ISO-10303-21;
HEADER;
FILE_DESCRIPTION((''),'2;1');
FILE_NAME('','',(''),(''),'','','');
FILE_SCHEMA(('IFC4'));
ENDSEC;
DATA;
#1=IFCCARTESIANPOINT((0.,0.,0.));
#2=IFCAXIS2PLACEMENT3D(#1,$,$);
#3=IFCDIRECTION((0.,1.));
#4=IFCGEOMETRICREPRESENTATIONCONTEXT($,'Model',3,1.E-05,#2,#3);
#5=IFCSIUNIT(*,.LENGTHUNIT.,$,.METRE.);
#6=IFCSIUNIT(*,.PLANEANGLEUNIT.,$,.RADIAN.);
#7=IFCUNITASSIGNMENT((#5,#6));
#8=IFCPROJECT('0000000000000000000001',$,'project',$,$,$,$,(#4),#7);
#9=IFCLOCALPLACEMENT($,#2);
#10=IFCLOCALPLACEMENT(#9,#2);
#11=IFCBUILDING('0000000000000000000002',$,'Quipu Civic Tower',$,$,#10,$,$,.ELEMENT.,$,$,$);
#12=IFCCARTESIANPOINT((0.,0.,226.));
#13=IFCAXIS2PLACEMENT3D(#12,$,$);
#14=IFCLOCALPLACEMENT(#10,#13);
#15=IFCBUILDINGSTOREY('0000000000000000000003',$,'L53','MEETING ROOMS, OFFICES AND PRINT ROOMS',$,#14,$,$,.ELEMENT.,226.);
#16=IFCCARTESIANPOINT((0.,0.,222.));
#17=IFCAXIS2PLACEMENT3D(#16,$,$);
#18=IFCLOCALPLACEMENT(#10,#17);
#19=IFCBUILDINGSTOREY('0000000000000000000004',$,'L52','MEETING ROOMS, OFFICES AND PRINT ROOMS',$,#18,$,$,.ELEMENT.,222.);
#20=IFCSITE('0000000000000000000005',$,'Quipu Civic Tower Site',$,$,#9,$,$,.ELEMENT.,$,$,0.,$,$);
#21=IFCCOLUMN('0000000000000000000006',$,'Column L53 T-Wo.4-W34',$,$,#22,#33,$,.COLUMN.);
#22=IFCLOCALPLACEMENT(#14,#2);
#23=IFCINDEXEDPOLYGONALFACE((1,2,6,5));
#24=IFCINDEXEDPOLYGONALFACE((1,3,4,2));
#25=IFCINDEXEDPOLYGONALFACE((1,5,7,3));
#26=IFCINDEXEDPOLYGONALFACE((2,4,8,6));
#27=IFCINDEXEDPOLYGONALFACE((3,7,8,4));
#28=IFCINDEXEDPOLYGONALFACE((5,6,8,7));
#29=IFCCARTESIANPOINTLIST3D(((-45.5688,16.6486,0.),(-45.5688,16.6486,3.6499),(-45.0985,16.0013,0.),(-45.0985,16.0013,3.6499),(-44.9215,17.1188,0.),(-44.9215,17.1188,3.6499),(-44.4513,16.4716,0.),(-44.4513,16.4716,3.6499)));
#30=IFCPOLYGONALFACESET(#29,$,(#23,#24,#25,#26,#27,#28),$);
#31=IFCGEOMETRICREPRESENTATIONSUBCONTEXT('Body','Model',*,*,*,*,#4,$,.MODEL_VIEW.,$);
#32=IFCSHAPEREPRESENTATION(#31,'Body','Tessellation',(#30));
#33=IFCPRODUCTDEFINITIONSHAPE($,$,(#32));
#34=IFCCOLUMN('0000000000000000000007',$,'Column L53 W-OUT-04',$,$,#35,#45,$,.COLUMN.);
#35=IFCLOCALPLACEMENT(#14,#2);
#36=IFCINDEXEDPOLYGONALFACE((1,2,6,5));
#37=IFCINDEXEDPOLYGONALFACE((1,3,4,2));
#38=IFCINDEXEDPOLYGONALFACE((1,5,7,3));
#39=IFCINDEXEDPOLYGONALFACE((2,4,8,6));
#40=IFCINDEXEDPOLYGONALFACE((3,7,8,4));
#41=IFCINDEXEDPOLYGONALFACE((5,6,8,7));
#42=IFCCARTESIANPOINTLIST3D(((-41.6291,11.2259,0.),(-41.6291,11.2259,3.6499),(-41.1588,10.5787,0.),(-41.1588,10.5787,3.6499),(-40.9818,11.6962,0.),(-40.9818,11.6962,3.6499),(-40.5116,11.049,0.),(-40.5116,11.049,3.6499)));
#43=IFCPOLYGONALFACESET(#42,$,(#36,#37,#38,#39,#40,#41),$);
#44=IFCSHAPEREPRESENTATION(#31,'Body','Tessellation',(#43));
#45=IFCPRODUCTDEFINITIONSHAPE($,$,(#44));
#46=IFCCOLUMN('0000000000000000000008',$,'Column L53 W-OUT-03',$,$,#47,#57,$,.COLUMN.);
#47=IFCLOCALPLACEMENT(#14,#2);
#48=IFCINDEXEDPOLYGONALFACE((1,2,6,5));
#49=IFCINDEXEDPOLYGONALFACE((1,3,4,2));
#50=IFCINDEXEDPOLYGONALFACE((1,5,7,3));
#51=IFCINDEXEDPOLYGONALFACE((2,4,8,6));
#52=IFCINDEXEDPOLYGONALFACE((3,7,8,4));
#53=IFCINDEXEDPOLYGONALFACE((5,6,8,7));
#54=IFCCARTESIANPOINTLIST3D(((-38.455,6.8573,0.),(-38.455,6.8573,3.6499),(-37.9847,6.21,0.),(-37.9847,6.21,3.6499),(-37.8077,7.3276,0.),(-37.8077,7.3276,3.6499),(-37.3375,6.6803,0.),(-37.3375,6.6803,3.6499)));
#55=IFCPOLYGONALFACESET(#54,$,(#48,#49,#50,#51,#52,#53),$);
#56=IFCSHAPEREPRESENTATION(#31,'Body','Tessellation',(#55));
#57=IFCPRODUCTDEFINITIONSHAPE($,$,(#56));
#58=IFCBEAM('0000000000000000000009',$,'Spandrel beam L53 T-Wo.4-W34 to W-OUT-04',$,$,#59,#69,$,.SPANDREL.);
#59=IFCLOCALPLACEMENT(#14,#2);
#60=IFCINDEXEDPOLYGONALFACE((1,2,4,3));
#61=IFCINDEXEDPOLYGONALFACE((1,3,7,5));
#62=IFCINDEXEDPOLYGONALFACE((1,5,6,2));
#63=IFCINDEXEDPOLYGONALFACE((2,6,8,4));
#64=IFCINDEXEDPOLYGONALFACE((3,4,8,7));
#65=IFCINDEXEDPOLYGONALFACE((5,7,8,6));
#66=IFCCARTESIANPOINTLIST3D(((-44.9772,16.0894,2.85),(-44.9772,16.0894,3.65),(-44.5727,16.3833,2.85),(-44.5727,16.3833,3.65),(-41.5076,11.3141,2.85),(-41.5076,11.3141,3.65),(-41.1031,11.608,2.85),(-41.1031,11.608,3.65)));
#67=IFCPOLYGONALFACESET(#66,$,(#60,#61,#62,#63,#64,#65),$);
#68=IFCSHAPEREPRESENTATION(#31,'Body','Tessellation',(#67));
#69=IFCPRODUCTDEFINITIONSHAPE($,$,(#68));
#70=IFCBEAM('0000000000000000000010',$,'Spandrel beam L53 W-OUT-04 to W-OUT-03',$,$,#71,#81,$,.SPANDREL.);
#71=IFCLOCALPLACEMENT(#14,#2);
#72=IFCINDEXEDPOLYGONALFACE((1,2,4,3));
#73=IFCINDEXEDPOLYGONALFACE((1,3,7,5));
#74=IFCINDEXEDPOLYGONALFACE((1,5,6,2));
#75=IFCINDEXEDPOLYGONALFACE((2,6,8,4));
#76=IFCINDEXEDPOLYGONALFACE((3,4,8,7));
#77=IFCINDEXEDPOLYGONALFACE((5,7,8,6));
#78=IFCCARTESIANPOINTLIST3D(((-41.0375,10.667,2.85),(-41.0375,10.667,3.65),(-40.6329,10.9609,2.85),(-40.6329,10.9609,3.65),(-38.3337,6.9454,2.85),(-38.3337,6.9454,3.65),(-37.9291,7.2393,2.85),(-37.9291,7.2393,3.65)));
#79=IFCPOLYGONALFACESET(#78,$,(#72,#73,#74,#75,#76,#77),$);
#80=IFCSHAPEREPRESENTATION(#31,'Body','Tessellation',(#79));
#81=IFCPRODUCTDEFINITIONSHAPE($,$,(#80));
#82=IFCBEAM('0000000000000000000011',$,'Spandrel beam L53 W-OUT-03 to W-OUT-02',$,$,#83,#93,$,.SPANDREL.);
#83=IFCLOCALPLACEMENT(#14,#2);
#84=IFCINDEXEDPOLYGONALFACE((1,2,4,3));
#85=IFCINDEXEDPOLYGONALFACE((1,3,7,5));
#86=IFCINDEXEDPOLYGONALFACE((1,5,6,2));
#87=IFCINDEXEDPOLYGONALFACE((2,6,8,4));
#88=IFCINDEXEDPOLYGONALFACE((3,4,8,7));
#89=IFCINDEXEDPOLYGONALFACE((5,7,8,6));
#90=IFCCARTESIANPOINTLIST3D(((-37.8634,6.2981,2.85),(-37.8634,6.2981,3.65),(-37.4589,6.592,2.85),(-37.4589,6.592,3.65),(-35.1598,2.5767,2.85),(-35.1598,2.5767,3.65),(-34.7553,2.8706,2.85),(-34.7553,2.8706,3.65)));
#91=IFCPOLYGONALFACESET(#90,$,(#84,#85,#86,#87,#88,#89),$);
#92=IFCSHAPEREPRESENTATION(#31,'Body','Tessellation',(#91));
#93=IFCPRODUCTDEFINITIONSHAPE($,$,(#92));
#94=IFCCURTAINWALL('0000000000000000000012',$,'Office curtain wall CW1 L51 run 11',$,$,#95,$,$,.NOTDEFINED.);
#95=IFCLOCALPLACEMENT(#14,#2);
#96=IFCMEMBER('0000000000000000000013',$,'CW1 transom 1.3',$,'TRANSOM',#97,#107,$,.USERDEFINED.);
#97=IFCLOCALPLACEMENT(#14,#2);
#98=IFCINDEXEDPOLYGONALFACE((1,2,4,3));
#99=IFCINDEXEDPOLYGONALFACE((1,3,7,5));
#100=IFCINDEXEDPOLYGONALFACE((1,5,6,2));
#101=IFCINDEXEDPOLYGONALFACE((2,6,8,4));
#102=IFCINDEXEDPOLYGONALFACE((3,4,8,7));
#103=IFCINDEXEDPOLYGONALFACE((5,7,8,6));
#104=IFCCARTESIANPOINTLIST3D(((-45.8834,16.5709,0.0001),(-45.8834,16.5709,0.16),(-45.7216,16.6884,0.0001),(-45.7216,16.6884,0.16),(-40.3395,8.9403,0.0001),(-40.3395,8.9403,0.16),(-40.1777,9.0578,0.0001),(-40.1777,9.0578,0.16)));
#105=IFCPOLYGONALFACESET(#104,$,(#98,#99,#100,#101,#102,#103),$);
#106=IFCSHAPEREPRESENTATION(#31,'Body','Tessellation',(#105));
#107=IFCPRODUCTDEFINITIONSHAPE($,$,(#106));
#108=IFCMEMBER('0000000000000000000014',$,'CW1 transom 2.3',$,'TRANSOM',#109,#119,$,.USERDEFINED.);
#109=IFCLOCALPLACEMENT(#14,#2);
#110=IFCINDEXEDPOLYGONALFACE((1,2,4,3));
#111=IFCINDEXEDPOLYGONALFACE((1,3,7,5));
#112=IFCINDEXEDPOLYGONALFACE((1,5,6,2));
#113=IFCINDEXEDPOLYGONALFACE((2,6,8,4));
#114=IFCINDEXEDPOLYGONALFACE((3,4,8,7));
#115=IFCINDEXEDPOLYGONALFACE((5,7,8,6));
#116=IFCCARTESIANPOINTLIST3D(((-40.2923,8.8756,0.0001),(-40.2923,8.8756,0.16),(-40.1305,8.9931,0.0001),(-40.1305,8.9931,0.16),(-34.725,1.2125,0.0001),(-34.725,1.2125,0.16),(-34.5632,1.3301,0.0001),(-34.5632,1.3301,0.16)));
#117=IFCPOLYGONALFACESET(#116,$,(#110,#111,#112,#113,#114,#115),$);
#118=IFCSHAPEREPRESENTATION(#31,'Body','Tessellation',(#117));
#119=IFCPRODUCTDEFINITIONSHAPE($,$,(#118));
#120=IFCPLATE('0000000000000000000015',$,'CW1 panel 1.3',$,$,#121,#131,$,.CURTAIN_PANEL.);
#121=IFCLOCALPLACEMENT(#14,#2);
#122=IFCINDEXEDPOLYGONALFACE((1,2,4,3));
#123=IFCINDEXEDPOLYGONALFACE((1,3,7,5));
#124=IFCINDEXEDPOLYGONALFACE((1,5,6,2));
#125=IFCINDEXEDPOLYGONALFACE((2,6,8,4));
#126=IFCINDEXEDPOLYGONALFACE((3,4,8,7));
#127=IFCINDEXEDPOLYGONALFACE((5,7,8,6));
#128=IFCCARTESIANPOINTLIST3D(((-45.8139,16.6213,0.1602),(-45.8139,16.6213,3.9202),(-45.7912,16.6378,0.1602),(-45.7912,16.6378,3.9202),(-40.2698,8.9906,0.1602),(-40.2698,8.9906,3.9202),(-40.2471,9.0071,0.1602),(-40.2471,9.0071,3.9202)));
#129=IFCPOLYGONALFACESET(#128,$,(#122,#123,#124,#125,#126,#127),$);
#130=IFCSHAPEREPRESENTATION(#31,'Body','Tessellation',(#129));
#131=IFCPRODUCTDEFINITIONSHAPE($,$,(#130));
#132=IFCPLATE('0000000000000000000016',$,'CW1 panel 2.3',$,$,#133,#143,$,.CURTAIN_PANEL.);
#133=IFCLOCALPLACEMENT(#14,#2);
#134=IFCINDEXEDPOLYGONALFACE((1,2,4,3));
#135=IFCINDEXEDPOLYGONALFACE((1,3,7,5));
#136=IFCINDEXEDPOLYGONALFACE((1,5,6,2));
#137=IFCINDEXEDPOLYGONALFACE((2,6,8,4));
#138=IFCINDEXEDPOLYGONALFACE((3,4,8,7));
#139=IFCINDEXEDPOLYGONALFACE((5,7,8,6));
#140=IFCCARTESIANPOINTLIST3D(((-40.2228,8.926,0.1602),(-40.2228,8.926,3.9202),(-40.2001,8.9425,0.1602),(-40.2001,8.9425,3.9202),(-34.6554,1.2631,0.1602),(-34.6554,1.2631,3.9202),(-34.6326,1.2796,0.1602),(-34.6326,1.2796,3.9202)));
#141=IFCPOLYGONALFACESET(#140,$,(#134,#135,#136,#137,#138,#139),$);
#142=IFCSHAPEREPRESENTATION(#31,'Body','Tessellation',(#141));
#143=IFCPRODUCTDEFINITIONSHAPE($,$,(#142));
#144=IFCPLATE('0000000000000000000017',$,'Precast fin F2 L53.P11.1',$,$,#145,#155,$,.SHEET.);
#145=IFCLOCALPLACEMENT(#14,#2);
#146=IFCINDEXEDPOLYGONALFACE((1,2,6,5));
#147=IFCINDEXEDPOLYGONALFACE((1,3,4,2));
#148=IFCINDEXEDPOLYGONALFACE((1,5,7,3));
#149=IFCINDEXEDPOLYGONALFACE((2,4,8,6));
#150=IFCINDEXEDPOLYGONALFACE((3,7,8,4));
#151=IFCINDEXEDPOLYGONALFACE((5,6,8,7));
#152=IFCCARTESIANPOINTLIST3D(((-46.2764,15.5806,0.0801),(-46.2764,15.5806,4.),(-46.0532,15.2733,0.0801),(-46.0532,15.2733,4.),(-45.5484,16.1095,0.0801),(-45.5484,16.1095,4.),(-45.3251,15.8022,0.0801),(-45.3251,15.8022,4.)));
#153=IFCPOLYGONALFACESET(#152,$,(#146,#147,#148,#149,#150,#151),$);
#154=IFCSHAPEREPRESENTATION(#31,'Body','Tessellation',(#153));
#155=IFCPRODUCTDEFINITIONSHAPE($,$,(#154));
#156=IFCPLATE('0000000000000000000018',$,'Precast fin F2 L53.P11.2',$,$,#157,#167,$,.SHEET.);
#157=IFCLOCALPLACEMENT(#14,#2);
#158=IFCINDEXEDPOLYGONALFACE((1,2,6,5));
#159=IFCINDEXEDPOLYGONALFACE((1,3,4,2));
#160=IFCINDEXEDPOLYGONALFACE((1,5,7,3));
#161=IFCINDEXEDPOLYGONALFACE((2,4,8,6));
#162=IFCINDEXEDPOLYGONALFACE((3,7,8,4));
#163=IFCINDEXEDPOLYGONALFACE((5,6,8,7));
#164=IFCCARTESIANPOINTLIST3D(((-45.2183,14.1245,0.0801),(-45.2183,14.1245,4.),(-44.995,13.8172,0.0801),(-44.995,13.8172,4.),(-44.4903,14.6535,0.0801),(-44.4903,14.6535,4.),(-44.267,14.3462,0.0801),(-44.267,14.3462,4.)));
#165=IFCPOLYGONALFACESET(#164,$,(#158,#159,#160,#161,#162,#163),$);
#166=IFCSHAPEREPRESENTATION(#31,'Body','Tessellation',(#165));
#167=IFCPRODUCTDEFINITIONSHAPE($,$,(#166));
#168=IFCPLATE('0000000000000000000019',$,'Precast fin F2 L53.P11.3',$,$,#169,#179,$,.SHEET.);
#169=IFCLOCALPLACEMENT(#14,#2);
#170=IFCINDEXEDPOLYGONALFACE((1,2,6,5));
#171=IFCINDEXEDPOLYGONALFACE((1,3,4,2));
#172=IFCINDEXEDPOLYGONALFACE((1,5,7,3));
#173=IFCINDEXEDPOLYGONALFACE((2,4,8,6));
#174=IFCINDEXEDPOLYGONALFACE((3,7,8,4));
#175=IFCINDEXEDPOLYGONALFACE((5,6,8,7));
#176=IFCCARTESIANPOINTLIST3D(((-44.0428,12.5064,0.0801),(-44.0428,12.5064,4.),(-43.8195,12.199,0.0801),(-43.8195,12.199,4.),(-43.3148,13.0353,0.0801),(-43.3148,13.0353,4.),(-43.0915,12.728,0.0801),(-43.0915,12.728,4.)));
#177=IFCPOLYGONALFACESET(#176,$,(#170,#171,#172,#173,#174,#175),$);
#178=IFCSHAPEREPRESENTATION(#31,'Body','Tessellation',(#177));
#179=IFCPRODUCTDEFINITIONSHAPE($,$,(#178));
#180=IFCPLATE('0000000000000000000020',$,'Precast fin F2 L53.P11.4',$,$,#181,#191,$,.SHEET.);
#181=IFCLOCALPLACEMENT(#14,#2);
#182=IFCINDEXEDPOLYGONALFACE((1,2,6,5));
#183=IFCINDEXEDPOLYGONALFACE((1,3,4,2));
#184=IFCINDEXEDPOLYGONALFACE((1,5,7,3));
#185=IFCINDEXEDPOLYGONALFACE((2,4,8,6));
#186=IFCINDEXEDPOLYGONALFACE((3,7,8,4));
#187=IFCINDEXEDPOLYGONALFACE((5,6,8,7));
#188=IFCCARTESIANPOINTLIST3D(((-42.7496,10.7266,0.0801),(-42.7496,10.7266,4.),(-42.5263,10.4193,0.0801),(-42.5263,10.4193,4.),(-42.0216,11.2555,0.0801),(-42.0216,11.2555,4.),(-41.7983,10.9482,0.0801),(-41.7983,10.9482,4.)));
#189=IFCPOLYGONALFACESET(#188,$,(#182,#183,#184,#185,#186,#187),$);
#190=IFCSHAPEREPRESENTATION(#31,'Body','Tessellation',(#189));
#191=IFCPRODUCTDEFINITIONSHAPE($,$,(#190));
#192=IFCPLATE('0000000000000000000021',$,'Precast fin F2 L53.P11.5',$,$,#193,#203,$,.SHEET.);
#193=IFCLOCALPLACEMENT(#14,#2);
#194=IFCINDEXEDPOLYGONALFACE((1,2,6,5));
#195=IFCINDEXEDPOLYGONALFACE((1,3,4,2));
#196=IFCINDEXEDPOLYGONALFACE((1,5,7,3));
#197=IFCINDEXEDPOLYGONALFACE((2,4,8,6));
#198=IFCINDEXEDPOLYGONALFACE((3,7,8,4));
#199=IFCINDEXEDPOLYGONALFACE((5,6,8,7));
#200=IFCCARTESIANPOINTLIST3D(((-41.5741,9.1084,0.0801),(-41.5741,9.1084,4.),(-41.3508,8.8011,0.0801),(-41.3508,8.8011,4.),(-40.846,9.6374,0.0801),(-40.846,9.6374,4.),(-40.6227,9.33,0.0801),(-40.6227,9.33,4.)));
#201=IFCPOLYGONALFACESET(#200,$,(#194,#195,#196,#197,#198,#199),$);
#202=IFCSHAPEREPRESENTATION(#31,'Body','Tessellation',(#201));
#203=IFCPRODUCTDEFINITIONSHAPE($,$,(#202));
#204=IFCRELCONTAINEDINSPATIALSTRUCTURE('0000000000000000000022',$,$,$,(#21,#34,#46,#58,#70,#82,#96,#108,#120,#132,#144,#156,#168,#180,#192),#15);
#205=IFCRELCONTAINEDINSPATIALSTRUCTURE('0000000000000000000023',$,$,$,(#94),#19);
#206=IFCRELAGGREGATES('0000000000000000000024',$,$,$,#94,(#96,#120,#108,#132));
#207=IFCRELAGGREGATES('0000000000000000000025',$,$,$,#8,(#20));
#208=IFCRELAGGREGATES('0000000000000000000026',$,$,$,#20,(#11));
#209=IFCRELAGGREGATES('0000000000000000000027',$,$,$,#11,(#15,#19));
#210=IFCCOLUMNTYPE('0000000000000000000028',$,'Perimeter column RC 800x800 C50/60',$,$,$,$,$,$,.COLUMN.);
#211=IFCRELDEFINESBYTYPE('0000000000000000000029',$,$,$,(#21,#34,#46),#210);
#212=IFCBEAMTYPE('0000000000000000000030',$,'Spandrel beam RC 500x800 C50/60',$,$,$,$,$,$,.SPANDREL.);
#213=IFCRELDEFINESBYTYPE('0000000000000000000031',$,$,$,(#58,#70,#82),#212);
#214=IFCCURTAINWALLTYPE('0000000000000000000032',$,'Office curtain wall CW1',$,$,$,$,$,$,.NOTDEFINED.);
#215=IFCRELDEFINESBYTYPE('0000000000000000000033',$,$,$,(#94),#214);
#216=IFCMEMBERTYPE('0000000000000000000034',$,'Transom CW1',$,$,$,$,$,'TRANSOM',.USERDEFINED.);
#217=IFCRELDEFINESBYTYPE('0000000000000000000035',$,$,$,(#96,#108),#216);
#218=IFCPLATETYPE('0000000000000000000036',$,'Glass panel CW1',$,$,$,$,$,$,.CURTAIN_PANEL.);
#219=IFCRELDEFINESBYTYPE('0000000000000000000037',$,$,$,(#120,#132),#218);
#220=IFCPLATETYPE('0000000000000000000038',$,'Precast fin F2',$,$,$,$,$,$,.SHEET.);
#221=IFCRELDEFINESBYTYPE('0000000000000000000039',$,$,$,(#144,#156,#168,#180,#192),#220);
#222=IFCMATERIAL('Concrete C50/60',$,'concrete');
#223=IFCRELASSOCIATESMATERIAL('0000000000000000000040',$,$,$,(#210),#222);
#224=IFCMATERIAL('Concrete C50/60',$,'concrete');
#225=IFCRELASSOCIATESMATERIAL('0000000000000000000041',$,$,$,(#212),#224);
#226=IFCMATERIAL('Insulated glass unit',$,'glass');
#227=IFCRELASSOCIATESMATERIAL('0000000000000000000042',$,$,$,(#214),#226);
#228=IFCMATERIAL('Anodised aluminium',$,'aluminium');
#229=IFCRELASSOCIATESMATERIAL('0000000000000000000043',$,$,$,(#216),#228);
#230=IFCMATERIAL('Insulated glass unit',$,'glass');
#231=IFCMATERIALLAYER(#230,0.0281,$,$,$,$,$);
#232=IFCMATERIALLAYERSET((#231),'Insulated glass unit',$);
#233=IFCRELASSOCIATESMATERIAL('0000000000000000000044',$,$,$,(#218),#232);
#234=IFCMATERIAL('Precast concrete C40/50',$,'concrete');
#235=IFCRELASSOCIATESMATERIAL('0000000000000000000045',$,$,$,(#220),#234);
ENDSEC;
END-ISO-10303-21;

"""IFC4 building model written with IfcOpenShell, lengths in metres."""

from ifc_helpers import new_model, si_unit, direction, frame, origin, origin_2d, place, context, subcontext, project, spatial, rectangle, extrude, material, layer, layer_set, material_profile, profile_set, type_object, element, aggregate, save


model = new_model("IFC4")

# Units and contexts
model_context = context("Model", 3, precision=1e-05, world=origin(), true_north=direction((0.0, 1.0)))
body_context = subcontext(model_context, "Body", "Model", "MODEL_VIEW")
ifc_project = project(units=[si_unit("LENGTHUNIT", "METRE"), si_unit("PLANEANGLEUNIT", "RADIAN")], contexts=[model_context])

# Site, building, storey
site_placement = place(None, origin())
site = spatial("IfcSite", under=ifc_project, at=site_placement, Name="Quipu Civic Tower Site", CompositionType="ELEMENT", RefElevation=0.0)
building_placement = place(site_placement, origin())
building = spatial("IfcBuilding", under=site, at=building_placement, Name="Quipu Civic Tower", CompositionType="ELEMENT")
storey_1_placement = place(building_placement, frame((0.0, 0.0, 226.0)))
storey_1 = spatial("IfcBuildingStorey", under=building, at=storey_1_placement, Name="L53", Description="MEETING ROOMS, OFFICES AND PRINT ROOMS", CompositionType="ELEMENT", Elevation=226.0)

# Columns
ifc_material_1 = material(Name="Concrete C50/60", Category="concrete")
ifc_material_profile_1 = material_profile(ifc_material_1, rectangle(XDim=0.8, YDim=0.8, at=origin_2d()), Name="RC800x800")
ifc_profile_set_1 = profile_set([ifc_material_profile_1], Name="Concrete C50/60")
column_type = type_object("IfcColumnType", Name="Perimeter column RC 800x800 C50/60", PredefinedType="COLUMN", material=ifc_profile_set_1)
for number, where, z_axis, x_axis, name in (
    (1, (-45.01, 16.5601, 0.0), (0.0, 0.0, 1.0), (0.587785, -0.809017, 0.0), "Column L53 T-Wo.4-W34"),
    (2, (-41.0703, 11.1375, 0.0), (0.0, 0.0, 1.0), (0.587785, -0.809017, 0.0), "Column L53 W-OUT-04"),
    (3, (-37.8962, 6.7688, 0.0), (0.0, 0.0, 1.0), (0.587785, -0.809017, 0.0), "Column L53 W-OUT-03"),
):
    element("IfcColumn", number, at=place(storey_1_placement, frame(where, z_axis=z_axis, x_axis=x_axis)), inside=storey_1, type_object=column_type, Name=name, PredefinedType="COLUMN", context=body_context, shape_type="SweptSolid", body=[
        extrude(rectangle(XDim=0.8, YDim=0.8, at=origin_2d()), origin(), (0.0, 0.0, 1.0), 3.6499),
    ])

# Beams
ifc_material_2 = material(Name="Concrete C50/60", Category="concrete")
ifc_material_profile_2 = material_profile(ifc_material_2, rectangle(XDim=0.5, YDim=0.8, at=origin_2d()), Name="RC500x800")
ifc_profile_set_2 = profile_set([ifc_material_profile_2], Name="Concrete C50/60")
beam_type = type_object("IfcBeamType", Name="Spandrel beam RC 500x800 C50/60", PredefinedType="SPANDREL", material=ifc_profile_set_2)
beam_1_placement = place(storey_1_placement, frame((-44.7749, 16.2363, 3.25), z_axis=(0.5878, -0.809006, 0.0), x_axis=(0.809006, 0.5878, 0.0)))
element("IfcBeam", 4, at=beam_1_placement, inside=storey_1, type_object=beam_type, Name="Spandrel beam L53 T-Wo.4-W34 to W-OUT-04", PredefinedType="SPANDREL", context=body_context, shape_type="SweptSolid", body=[
    extrude(rectangle(XDim=0.5, YDim=0.8, at=origin_2d()), origin(), (0.0, 0.0, 1.0), 5.9026),
])
beam_2_placement = place(storey_1_placement, frame((-40.8352, 10.814, 3.25), z_axis=(0.587771, -0.809027, 0.0), x_axis=(0.809027, 0.587771, 0.0)))
element("IfcBeam", 5, at=beam_2_placement, inside=storey_1, type_object=beam_type, Name="Spandrel beam L53 W-OUT-04 to W-OUT-03", PredefinedType="SPANDREL", context=body_context, shape_type="SweptSolid", body=[
    extrude(rectangle(XDim=0.5, YDim=0.8, at=origin_2d()), origin(), (0.0, 0.0, 1.0), 4.6001),
])
beam_3_placement = place(storey_1_placement, frame((-37.6611, 6.4451, 3.25), z_axis=(0.587761, -0.809034, 0.0), x_axis=(0.809034, 0.587761, 0.0)))
element("IfcBeam", 6, at=beam_3_placement, inside=storey_1, type_object=beam_type, Name="Spandrel beam L53 W-OUT-03 to W-OUT-02", PredefinedType="SPANDREL", context=body_context, shape_type="SweptSolid", body=[
    extrude(rectangle(XDim=0.5, YDim=0.8, at=origin_2d()), origin(), (0.0, 0.0, 1.0), 4.5999),
])

# Shared definitions
storey_2_placement = place(building_placement, frame((0.0, 0.0, 222.0)))
storey_2 = spatial("IfcBuildingStorey", under=building, at=storey_2_placement, Name="L52", Description="MEETING ROOMS, OFFICES AND PRINT ROOMS", CompositionType="ELEMENT", Elevation=222.0)

# Curtain wall, members, plates
ifc_material_3 = material(Name="Insulated glass unit", Category="glass")
curtain_wall_type = type_object("IfcCurtainWallType", Name="Office curtain wall CW1", PredefinedType="NOTDEFINED", material=ifc_material_3)
curtain_wall_placement = place(storey_2_placement, origin())
curtain_wall = element("IfcCurtainWall", 7, at=curtain_wall_placement, inside=storey_2, type_object=curtain_wall_type, Name="Office curtain wall CW1 L51 run 11", PredefinedType="NOTDEFINED")
ifc_material_4 = material(Name="Anodised aluminium", Category="aluminium")
ifc_material_profile_3 = material_profile(ifc_material_4, rectangle(XDim=0.2, YDim=0.1599, at=origin_2d()), Name="RECT 200x160")
ifc_profile_set_3 = profile_set([ifc_material_profile_3], Name="Anodised aluminium")
member_type = type_object("IfcMemberType", Name="Transom CW1", ElementType="TRANSOM", PredefinedType="USERDEFINED", material=ifc_profile_set_3)
member_1_placement = place(storey_1_placement, frame((-45.8025, 16.6296, 0.0801), z_axis=(0.587784, -0.809018, 0.0), x_axis=(0.809018, 0.587784, 0.0)))
member_1 = element("IfcMember", 8, at=member_1_placement, inside=storey_1, type_object=member_type, Name="CW1 transom 1.3", ObjectType="TRANSOM", PredefinedType="USERDEFINED", context=body_context, shape_type="SweptSolid", body=[
    extrude(rectangle(XDim=0.2, YDim=0.1599, at=origin_2d()), origin(), (0.0, 0.0, 1.0), 9.4319),
])
member_2_placement = place(storey_1_placement, frame((-40.2114, 8.9343, 0.0801), z_axis=(0.587773, -0.809026, 0.0), x_axis=(0.809026, 0.587773, 0.0)))
member_2 = element("IfcMember", 9, at=member_2_placement, inside=storey_1, type_object=member_type, Name="CW1 transom 2.3", ObjectType="TRANSOM", PredefinedType="USERDEFINED", context=body_context, shape_type="SweptSolid", body=[
    extrude(rectangle(XDim=0.2, YDim=0.1599, at=origin_2d()), origin(), (0.0, 0.0, 1.0), 9.4719),
])
ifc_material_5 = material(Name="Insulated glass unit", Category="glass")
ifc_layer_1 = layer(ifc_material_5, 0.0281)
ifc_layer_set_1 = layer_set([ifc_layer_1], Name="Insulated glass unit")
plate_type_1 = type_object("IfcPlateType", Name="Glass panel CW1", PredefinedType="CURTAIN_PANEL", material=ifc_layer_set_1)
plate_1_placement = place(storey_1_placement, frame((-43.0305, 12.8142, 0.1602), z_axis=(0.0, 0.0, 1.0), x_axis=(0.587786, -0.809017, 0.0)))
plate_1 = element("IfcPlate", 10, at=plate_1_placement, inside=storey_1, type_object=plate_type_1, Name="CW1 panel 1.3", PredefinedType="CURTAIN_PANEL", context=body_context, shape_type="SweptSolid", body=[
    extrude(rectangle(XDim=9.4321, YDim=0.0281, at=origin_2d()), origin(), (0.0, 0.0, 1.0), 3.76),
])
plate_2_placement = place(storey_1_placement, frame((-37.4277, 5.1028, 0.1602), z_axis=(0.0, 0.0, 1.0), x_axis=(0.587786, -0.809017, 0.0)))
plate_2 = element("IfcPlate", 11, at=plate_2_placement, inside=storey_1, type_object=plate_type_1, Name="CW1 panel 2.3", PredefinedType="CURTAIN_PANEL", context=body_context, shape_type="SweptSolid", body=[
    extrude(rectangle(XDim=9.4719, YDim=0.0281, at=origin_2d()), origin(), (0.0, 0.0, 1.0), 3.76),
])
aggregate(curtain_wall, [member_1, plate_1, member_2, plate_2])

# Plates
ifc_material_6 = material(Name="Precast concrete C40/50", Category="concrete")
plate_type_2 = type_object("IfcPlateType", Name="Precast fin F2", PredefinedType="SHEET", material=ifc_material_6)
for number, where, z_axis, x_axis, name in (
    (12, (-45.8008, 15.6914, 0.0801), (0.0, 0.0, 1.0), (0.587786, -0.809017, 0.0), "Precast fin F2 L53.P11.1"),
    (13, (-44.7427, 14.2354, 0.0801), (0.0, 0.0, 1.0), (0.587786, -0.809017, 0.0), "Precast fin F2 L53.P11.2"),
    (14, (-43.5671, 12.6172, 0.0801), (0.0, 0.0, 1.0), (0.587786, -0.809017, 0.0), "Precast fin F2 L53.P11.3"),
    (15, (-42.2739, 10.8374, 0.0801), (0.0, 0.0, 1.0), (0.587786, -0.809017, 0.0), "Precast fin F2 L53.P11.4"),
    (16, (-41.0984, 9.2192, 0.0801), (0.0, 0.0, 1.0), (0.587786, -0.809017, 0.0), "Precast fin F2 L53.P11.5"),
):
    element("IfcPlate", number, at=place(storey_1_placement, frame(where, z_axis=z_axis, x_axis=x_axis)), inside=storey_1, type_object=plate_type_2, Name=name, PredefinedType="SHEET", context=body_context, shape_type="SweptSolid", body=[
        extrude(rectangle(XDim=0.3799, YDim=0.8999, at=origin_2d()), origin(), (0.0, 0.0, 1.0), 3.9199),
    ])

save(model, "model.ifc")
